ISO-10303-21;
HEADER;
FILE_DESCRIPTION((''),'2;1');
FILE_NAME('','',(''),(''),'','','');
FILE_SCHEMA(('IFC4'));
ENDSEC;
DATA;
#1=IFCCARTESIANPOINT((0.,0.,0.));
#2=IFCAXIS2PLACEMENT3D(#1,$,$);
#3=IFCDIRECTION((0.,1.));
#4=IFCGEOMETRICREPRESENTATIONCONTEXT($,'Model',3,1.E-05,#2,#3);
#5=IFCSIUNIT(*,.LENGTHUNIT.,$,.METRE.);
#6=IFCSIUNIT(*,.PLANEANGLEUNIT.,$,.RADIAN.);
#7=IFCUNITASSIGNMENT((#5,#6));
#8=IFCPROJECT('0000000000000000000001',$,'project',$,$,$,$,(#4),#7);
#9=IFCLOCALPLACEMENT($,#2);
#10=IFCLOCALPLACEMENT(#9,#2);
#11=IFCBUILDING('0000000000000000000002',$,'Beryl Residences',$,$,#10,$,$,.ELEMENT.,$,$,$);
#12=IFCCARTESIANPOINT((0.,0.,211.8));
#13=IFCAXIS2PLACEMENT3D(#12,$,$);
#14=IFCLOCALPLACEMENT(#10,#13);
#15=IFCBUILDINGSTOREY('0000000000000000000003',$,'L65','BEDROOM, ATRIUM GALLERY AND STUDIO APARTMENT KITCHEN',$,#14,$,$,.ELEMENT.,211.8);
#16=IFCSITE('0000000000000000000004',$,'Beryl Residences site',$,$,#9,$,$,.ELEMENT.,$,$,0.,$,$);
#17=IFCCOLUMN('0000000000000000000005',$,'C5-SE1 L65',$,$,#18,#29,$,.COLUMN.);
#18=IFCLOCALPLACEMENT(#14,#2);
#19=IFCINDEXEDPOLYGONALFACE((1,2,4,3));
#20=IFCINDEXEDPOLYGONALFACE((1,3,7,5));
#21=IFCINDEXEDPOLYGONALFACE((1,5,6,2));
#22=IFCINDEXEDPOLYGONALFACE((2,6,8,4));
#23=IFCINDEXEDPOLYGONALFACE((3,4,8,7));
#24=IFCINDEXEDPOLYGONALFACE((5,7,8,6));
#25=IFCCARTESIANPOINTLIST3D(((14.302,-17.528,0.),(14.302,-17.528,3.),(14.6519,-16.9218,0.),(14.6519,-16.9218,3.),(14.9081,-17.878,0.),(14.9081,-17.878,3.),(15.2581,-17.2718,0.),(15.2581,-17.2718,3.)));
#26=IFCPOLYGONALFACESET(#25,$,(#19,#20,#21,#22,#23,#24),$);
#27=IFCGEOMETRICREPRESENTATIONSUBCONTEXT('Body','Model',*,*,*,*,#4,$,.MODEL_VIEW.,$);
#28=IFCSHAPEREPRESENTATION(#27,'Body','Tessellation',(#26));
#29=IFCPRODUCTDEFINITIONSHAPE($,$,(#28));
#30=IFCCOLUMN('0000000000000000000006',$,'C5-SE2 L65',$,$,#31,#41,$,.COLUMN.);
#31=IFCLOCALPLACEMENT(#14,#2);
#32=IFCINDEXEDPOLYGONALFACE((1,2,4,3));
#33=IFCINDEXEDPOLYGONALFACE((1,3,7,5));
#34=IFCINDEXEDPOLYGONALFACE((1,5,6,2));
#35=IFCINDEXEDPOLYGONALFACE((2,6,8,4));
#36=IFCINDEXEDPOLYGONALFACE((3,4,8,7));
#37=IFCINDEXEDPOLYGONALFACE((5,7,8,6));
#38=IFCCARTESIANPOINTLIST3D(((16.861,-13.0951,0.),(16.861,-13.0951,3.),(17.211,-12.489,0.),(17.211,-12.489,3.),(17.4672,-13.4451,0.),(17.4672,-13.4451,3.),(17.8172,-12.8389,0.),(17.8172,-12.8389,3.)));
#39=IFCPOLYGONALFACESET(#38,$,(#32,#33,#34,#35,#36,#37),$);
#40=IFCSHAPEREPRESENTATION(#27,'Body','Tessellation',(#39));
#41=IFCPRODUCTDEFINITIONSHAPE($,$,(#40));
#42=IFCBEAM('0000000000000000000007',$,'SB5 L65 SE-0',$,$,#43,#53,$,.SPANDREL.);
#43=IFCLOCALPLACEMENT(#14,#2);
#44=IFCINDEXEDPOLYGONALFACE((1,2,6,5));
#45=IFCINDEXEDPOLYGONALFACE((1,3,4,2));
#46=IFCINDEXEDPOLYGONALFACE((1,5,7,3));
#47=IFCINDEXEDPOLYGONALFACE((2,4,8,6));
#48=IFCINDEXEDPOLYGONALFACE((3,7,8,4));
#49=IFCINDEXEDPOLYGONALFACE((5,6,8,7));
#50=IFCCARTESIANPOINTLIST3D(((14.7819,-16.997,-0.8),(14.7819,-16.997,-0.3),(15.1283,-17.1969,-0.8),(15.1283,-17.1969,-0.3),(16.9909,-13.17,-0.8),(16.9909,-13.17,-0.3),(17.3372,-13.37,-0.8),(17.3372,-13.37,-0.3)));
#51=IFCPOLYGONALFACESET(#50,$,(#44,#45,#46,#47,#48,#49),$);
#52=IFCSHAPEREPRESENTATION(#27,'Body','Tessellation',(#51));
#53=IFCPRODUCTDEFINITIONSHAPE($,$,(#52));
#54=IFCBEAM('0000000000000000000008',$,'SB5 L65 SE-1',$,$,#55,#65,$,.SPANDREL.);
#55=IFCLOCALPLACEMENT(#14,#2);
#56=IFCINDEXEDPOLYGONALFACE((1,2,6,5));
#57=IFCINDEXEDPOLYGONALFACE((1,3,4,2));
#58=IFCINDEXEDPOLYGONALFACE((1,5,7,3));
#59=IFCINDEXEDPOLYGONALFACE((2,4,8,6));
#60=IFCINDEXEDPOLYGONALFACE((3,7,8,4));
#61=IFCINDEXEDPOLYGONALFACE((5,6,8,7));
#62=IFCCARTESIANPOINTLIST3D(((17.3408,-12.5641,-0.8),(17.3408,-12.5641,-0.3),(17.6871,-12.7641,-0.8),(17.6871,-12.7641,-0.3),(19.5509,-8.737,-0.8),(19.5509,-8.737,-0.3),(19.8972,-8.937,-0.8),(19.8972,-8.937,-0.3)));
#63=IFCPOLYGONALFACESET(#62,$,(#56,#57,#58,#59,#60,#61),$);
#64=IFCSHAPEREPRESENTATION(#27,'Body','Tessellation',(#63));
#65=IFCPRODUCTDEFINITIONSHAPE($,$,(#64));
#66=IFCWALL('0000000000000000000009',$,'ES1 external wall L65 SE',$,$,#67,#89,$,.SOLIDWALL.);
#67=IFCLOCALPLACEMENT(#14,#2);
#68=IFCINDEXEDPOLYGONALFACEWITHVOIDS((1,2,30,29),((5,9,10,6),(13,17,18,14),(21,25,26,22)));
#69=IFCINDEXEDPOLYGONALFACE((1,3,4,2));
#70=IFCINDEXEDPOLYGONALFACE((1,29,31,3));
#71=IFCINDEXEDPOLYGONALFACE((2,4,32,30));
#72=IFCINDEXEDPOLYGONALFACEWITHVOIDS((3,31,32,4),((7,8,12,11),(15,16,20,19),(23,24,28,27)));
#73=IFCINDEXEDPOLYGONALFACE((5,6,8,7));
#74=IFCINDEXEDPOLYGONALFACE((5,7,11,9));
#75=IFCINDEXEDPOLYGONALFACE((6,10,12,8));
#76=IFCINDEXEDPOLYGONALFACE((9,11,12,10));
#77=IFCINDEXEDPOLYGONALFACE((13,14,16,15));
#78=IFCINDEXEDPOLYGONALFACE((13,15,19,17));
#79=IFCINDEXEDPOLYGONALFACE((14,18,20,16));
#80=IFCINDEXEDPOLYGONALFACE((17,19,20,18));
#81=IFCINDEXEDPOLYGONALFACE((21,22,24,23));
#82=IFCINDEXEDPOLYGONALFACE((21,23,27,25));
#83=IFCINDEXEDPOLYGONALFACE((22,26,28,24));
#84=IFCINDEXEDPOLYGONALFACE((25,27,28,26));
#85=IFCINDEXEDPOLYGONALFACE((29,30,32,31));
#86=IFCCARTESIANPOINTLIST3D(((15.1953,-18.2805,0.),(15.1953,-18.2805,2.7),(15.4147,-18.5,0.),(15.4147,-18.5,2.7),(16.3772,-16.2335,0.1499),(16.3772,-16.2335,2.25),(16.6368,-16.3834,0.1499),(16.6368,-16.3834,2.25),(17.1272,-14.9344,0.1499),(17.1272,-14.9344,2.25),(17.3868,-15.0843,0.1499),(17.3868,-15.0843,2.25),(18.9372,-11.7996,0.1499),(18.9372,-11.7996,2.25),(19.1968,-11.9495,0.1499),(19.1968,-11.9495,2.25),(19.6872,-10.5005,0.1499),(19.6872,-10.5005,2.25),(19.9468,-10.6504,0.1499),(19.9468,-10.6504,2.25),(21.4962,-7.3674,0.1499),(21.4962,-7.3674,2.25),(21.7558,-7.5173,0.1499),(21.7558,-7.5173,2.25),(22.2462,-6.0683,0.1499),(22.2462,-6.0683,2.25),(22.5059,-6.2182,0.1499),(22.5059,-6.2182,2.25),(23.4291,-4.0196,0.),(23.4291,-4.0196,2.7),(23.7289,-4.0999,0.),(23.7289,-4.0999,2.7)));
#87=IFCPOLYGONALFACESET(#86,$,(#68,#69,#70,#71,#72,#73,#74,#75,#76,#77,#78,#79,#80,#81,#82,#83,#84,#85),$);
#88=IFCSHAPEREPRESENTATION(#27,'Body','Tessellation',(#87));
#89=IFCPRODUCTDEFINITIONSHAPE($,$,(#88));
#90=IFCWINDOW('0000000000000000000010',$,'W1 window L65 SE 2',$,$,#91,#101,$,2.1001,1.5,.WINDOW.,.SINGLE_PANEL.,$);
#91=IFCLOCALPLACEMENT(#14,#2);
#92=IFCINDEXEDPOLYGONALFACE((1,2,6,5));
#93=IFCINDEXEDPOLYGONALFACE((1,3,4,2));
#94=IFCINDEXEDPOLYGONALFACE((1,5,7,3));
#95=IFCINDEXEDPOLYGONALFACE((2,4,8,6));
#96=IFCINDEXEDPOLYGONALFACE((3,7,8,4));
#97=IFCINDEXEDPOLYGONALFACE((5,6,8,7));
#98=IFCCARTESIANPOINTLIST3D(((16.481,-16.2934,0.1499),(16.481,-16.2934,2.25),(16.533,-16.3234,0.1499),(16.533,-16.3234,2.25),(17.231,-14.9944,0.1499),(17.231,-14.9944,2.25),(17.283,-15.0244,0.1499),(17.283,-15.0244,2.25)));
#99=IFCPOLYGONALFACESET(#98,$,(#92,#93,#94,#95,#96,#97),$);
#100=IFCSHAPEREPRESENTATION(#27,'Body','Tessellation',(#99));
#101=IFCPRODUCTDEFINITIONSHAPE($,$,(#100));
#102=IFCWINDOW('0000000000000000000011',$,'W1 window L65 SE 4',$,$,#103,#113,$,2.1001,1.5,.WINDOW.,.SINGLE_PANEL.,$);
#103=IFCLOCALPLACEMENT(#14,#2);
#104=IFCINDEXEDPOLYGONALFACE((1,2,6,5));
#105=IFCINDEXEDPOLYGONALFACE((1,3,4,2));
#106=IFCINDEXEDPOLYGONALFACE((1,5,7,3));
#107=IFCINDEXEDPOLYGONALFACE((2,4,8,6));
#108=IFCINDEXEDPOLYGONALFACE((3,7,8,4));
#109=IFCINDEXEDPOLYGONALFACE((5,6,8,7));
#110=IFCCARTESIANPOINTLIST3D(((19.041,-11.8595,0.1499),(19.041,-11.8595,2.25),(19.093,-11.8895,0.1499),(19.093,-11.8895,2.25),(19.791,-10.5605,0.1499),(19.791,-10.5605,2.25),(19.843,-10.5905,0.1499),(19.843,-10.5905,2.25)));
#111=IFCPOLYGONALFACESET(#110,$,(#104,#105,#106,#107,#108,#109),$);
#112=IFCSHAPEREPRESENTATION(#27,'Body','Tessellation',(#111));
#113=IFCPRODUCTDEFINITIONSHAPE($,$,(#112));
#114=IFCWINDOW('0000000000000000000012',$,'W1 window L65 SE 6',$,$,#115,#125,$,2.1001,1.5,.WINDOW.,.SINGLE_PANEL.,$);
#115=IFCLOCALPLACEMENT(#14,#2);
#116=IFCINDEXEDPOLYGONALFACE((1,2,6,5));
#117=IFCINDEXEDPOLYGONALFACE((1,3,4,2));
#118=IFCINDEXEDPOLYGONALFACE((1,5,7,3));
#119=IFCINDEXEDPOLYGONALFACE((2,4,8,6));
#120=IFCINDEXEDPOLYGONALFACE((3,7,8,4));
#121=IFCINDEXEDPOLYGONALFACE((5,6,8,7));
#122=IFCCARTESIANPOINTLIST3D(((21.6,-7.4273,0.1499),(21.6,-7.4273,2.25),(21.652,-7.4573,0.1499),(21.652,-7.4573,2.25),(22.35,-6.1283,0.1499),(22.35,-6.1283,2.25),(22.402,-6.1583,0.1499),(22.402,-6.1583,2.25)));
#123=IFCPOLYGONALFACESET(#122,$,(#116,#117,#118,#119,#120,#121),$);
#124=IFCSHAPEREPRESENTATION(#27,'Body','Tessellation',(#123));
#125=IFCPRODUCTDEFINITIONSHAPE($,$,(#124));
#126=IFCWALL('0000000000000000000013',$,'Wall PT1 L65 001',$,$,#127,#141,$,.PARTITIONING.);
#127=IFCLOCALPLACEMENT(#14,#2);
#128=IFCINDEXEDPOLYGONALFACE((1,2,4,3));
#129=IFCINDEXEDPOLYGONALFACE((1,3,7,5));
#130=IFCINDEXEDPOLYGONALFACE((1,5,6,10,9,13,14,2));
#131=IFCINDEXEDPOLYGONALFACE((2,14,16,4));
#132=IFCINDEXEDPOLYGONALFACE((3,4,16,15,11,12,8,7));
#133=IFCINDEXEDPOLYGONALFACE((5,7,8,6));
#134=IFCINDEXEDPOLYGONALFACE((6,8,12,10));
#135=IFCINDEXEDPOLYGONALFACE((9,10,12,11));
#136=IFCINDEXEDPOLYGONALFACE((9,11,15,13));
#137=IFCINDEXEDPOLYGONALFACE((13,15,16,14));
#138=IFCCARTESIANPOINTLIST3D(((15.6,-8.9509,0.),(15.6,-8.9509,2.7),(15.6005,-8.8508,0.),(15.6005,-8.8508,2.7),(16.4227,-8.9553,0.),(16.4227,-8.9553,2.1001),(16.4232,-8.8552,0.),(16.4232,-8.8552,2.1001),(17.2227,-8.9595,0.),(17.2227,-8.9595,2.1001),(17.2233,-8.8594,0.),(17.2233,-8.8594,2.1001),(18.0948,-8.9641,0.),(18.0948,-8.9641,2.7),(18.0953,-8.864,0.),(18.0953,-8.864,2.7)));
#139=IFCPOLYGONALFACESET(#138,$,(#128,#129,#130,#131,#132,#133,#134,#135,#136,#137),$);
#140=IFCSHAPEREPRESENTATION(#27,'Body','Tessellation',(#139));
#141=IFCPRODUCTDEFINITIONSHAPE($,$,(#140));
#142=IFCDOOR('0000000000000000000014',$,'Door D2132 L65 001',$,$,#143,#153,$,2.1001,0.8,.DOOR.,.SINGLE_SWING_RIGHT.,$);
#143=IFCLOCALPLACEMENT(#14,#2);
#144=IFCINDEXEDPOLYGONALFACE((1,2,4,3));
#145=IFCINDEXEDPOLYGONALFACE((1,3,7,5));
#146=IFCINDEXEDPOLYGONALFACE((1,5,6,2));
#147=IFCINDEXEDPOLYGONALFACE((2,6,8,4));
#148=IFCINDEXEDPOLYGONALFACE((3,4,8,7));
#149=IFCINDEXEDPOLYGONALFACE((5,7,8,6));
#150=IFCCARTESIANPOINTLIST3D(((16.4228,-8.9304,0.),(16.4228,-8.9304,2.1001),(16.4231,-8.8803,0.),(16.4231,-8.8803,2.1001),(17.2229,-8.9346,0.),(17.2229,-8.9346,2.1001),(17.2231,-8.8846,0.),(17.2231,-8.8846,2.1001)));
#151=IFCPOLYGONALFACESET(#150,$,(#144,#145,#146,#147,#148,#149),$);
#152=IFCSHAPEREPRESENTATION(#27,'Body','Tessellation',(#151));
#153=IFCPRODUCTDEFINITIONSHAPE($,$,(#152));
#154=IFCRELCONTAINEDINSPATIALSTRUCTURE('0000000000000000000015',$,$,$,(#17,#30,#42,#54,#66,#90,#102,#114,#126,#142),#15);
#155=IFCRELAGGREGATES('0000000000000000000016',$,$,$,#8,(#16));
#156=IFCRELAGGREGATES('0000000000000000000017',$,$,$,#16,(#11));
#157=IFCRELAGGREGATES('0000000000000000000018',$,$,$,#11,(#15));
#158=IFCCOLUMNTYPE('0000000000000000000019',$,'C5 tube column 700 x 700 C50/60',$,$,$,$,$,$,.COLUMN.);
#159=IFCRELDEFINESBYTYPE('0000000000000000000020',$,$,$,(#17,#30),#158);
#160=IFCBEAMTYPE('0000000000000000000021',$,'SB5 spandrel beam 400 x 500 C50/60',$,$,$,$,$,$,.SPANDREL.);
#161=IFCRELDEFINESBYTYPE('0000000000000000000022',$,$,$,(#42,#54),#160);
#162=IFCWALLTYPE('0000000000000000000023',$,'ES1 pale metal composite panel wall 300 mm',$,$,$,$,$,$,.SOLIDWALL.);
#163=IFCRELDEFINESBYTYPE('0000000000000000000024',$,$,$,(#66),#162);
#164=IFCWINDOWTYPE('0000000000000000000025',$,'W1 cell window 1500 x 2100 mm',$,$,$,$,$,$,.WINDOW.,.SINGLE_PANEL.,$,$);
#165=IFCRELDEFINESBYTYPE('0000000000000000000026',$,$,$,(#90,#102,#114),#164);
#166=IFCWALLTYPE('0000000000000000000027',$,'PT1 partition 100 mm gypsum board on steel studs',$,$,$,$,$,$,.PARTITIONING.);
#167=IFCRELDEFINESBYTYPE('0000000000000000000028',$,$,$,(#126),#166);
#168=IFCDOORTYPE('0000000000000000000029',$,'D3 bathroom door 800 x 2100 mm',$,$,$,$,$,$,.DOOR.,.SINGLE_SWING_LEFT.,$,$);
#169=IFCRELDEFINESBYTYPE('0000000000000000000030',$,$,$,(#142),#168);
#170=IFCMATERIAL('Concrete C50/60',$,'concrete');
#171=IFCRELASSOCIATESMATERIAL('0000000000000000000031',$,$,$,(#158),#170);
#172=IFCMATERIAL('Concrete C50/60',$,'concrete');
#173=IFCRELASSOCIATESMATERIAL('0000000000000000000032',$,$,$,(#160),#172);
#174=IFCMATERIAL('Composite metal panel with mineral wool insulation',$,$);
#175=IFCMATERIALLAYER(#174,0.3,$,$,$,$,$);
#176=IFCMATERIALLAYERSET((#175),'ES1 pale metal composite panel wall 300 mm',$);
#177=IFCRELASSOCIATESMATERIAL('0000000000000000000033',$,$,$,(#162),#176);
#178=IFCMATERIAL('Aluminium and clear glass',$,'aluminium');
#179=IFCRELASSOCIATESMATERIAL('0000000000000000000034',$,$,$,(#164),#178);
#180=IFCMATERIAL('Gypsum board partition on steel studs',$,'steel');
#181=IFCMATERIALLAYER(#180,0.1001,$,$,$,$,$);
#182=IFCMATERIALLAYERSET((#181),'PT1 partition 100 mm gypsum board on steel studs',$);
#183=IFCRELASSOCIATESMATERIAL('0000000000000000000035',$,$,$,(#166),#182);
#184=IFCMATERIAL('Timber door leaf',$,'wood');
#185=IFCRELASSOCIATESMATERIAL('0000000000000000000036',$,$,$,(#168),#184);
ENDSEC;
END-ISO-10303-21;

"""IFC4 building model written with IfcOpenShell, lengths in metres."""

from ifc_helpers import new_model, si_unit, direction, frame, frame_2d, origin, origin_2d, place, context, subcontext, project, spatial, polyline, rectangle, outline, extrude, material, layer, layer_set, material_profile, profile_set, type_object, element, fill, save


model = new_model("IFC4")

# Units and contexts
model_context = context("Model", 3, precision=1e-05, world=origin(), true_north=direction((0.0, 1.0)))
body_context = subcontext(model_context, "Body", "Model", "MODEL_VIEW")
ifc_project = project(units=[si_unit("LENGTHUNIT", "METRE"), si_unit("PLANEANGLEUNIT", "RADIAN")], contexts=[model_context])

# Site, building, storey
site_placement = place(None, origin())
site = spatial("IfcSite", under=ifc_project, at=site_placement, Name="Beryl Residences site", CompositionType="ELEMENT", RefElevation=0.0)
building_placement = place(site_placement, origin())
building = spatial("IfcBuilding", under=site, at=building_placement, Name="Beryl Residences", CompositionType="ELEMENT")
storey_placement = place(building_placement, frame((0.0, 0.0, 211.8)))
storey = spatial("IfcBuildingStorey", under=building, at=storey_placement, Name="L65", Description="BEDROOM, ATRIUM GALLERY AND STUDIO APARTMENT KITCHEN", CompositionType="ELEMENT", Elevation=211.8)

# Columns
ifc_material_1 = material(Name="Concrete C50/60", Category="concrete")
ifc_material_profile_1 = material_profile(ifc_material_1, rectangle(XDim=0.7, YDim=0.7, at=origin_2d()))
ifc_profile_set_1 = profile_set([ifc_material_profile_1], Name="Concrete C50/60")
column_type = type_object("IfcColumnType", Name="C5 tube column 700 x 700 C50/60", PredefinedType="COLUMN", material=ifc_profile_set_1)
for number, where, z_axis, x_axis, name in (
    (1, (14.78, -17.3999, 0.0), (0.0, 0.0, 1.0), (0.499985, 0.866034, 0.0), "C5-SE1 L65"),
    (2, (17.3391, -12.967, 0.0), (0.0, 0.0, 1.0), (0.499985, 0.866034, 0.0), "C5-SE2 L65"),
):
    element("IfcColumn", number, at=place(storey_placement, frame(where, z_axis=z_axis, x_axis=x_axis)), inside=storey, type_object=column_type, Name=name, PredefinedType="COLUMN", context=body_context, shape_type="SweptSolid", body=[
        extrude(rectangle(XDim=0.7, YDim=0.7, at=origin_2d()), origin(), (0.0, 0.0, 1.0), 3.0),
    ])

# Beams
ifc_material_2 = material(Name="Concrete C50/60", Category="concrete")
ifc_material_profile_2 = material_profile(ifc_material_2, rectangle(XDim=0.3999, YDim=0.5, at=origin_2d()))
ifc_profile_set_2 = profile_set([ifc_material_profile_2], Name="Concrete C50/60")
beam_type = type_object("IfcBeamType", Name="SB5 spandrel beam 400 x 500 C50/60", PredefinedType="SPANDREL", material=ifc_profile_set_2)
beam_1_placement = place(storey_placement, frame((14.9551, -17.0969, -0.55), z_axis=(0.499919, 0.866072, 0.0), x_axis=(-0.866072, 0.499919, 0.0)))
element("IfcBeam", 3, at=beam_1_placement, inside=storey, type_object=beam_type, Name="SB5 L65 SE-0", PredefinedType="SPANDREL", context=body_context, shape_type="SweptSolid", body=[
    extrude(rectangle(XDim=0.3999, YDim=0.5, at=origin_2d()), origin(), (0.0, 0.0, 1.0), 4.4187),
])
beam_2_placement = place(storey_placement, frame((17.5139, -12.6641, -0.55), z_axis=(0.500102, 0.865967, 0.0), x_axis=(-0.865967, 0.500102, 0.0)))
element("IfcBeam", 4, at=beam_2_placement, inside=storey, type_object=beam_type, Name="SB5 L65 SE-1", PredefinedType="SPANDREL", context=body_context, shape_type="SweptSolid", body=[
    extrude(rectangle(XDim=0.3999, YDim=0.5, at=origin_2d()), origin(), (0.0, 0.0, 1.0), 4.4194),
])

# Wall, openings, windows
ifc_material_3 = material(Name="Composite metal panel with mineral wool insulation")
ifc_layer_1 = layer(ifc_material_3, 0.3)
ifc_layer_set_1 = layer_set([ifc_layer_1], Name="ES1 pale metal composite panel wall 300 mm")
wall_type_1 = type_object("IfcWallType", Name="ES1 pale metal composite panel wall 300 mm", PredefinedType="SOLIDWALL", material=ifc_layer_set_1)
wall_1_placement = place(storey_placement, frame((15.2849, -18.425, 0.0), z_axis=(0.0, 0.0, 1.0), x_axis=(0.500013, 0.866018, 0.0)))
wall_1 = element("IfcWall", 5, at=wall_1_placement, inside=storey, type_object=wall_type_1, Name="ES1 external wall L65 SE", PredefinedType="SOLIDWALL", context=body_context, shape_type="SweptSolid", body=[
    extrude(outline(polyline([(0.0, -0.1499), (16.6279, -0.1499), (16.5476, 0.1499), (0.0803, 0.1499), (0.0, -0.1499)])), origin(), (0.0, 0.0, 1.0), 2.7),
])
opening_1_placement = place(wall_1_placement, frame((2.4441, 0.0, 0.1499)))
opening_1 = element("IfcOpeningElement", 6, at=opening_1_placement, cuts=wall_1, PredefinedType="OPENING", context=body_context, shape_type="SweptSolid", body=[
    extrude(rectangle(XDim=1.5, YDim=2.1001, at=frame_2d((0.75, 1.05))), frame((0.0, 0.1599, 0.0), z_axis=(0.0, -1.0, 0.0), x_axis=(1.0, 0.0, 0.0)), (0.0, 0.0, 1.0), 0.3201),
])
opening_2_placement = place(wall_1_placement, frame((7.564, 0.0, 0.1499)))
opening_2 = element("IfcOpeningElement", 7, at=opening_2_placement, cuts=wall_1, PredefinedType="OPENING", context=body_context, shape_type="SweptSolid", body=[
    extrude(rectangle(XDim=1.5, YDim=2.1001, at=frame_2d((0.75, 1.05))), frame((0.0, 0.1599, 0.0), z_axis=(0.0, -1.0, 0.0), x_axis=(1.0, 0.0, 0.0)), (0.0, 0.0, 1.0), 0.3201),
])
opening_3_placement = place(wall_1_placement, frame((12.6819, 0.0, 0.1499)))
opening_3 = element("IfcOpeningElement", 8, at=opening_3_placement, cuts=wall_1, PredefinedType="OPENING", context=body_context, shape_type="SweptSolid", body=[
    extrude(rectangle(XDim=1.5, YDim=2.1001, at=frame_2d((0.75, 1.05))), frame((0.0, 0.1599, 0.0), z_axis=(0.0, -1.0, 0.0), x_axis=(1.0, 0.0, 0.0)), (0.0, 0.0, 1.0), 0.3201),
])
ifc_material_4 = material(Name="Aluminium and clear glass", Category="aluminium")
window_type = type_object("IfcWindowType", Name="W1 cell window 1500 x 2100 mm", PartitioningType="SINGLE_PANEL", PredefinedType="WINDOW", material=ifc_material_4)
window_1_placement = place(opening_1_placement, origin())
window_1 = element("IfcWindow", 9, at=window_1_placement, inside=storey, type_object=window_type, Name="W1 window L65 SE 2", OverallHeight=2.1001, OverallWidth=1.5, PartitioningType="SINGLE_PANEL", PredefinedType="WINDOW", context=body_context, shape_type="SweptSolid", body=[
    extrude(rectangle(XDim=1.5, YDim=2.1001, at=frame_2d((0.75, 1.05))), frame((0.0, 0.03, 0.0), z_axis=(0.0, -1.0, 0.0), x_axis=(1.0, 0.0, 0.0)), (0.0, 0.0, 1.0), 0.0601),
])
fill(opening_1, window_1)
window_2_placement = place(opening_2_placement, origin())
window_2 = element("IfcWindow", 10, at=window_2_placement, inside=storey, type_object=window_type, Name="W1 window L65 SE 4", OverallHeight=2.1001, OverallWidth=1.5, PartitioningType="SINGLE_PANEL", PredefinedType="WINDOW", context=body_context, shape_type="SweptSolid", body=[
    extrude(rectangle(XDim=1.5, YDim=2.1001, at=frame_2d((0.75, 1.05))), frame((0.0, 0.03, 0.0), z_axis=(0.0, -1.0, 0.0), x_axis=(1.0, 0.0, 0.0)), (0.0, 0.0, 1.0), 0.0601),
])
fill(opening_2, window_2)
window_3_placement = place(opening_3_placement, origin())
window_3 = element("IfcWindow", 11, at=window_3_placement, inside=storey, type_object=window_type, Name="W1 window L65 SE 6", OverallHeight=2.1001, OverallWidth=1.5, PartitioningType="SINGLE_PANEL", PredefinedType="WINDOW", context=body_context, shape_type="SweptSolid", body=[
    extrude(rectangle(XDim=1.5, YDim=2.1001, at=frame_2d((0.75, 1.05))), frame((0.0, 0.03, 0.0), z_axis=(0.0, -1.0, 0.0), x_axis=(1.0, 0.0, 0.0)), (0.0, 0.0, 1.0), 0.0601),
])
fill(opening_3, window_3)

# Wall, opening, door
ifc_material_5 = material(Name="Gypsum board partition on steel studs", Category="steel")
ifc_layer_2 = layer(ifc_material_5, 0.1001)
ifc_layer_set_2 = layer_set([ifc_layer_2], Name="PT1 partition 100 mm gypsum board on steel studs")
wall_type_2 = type_object("IfcWallType", Name="PT1 partition 100 mm gypsum board on steel studs", PredefinedType="PARTITIONING", material=ifc_layer_set_2)
wall_2_placement = place(storey_placement, frame((15.6001, -8.9009, 0.0), z_axis=(0.0, 0.0, 1.0), x_axis=(0.999986, -0.005284, 0.0)))
wall_2 = element("IfcWall", 12, at=wall_2_placement, inside=storey, type_object=wall_type_2, Name="Wall PT1 L65 001", PredefinedType="PARTITIONING", context=body_context, shape_type="SweptSolid", body=[
    extrude(rectangle(XDim=2.4949, YDim=0.1001, at=frame_2d((1.2476, 0.0))), origin(), (0.0, 0.0, 1.0), 2.7),
])
opening_4_placement = place(wall_2_placement, frame((0.823, 0.0, 0.0)))
opening_4 = element("IfcOpeningElement", 13, at=opening_4_placement, cuts=wall_2, PredefinedType="OPENING", context=body_context, shape_type="SweptSolid", body=[
    extrude(rectangle(XDim=0.8, YDim=2.1001, at=frame_2d((0.3999, 1.05))), frame((0.0, 0.0601, 0.0), z_axis=(0.0, -1.0, 0.0), x_axis=(1.0, 0.0, 0.0)), (0.0, 0.0, 1.0), 0.1201),
])
ifc_material_6 = material(Name="Timber door leaf", Category="wood")
door_type_1 = type_object("IfcDoorType", Name="D3 bathroom door 800 x 2100 mm", OperationType="SINGLE_SWING_LEFT", PredefinedType="DOOR", material=ifc_material_6)
door_1_placement = place(opening_4_placement, origin())
door_1 = element("IfcDoor", 14, at=door_1_placement, inside=storey, type_object=door_type_1, Name="Door D2132 L65 001", OperationType="SINGLE_SWING_RIGHT", OverallHeight=2.1001, OverallWidth=0.8, PredefinedType="DOOR", context=body_context, shape_type="SweptSolid", body=[
    extrude(rectangle(XDim=0.8, YDim=2.1001, at=frame_2d((0.3999, 1.05))), frame((0.0, 0.0249, 0.0), z_axis=(0.0, -1.0, 0.0), x_axis=(1.0, 0.0, 0.0)), (0.0, 0.0, 1.0), 0.05),
])
fill(opening_4, door_1)

save(model, "model.ifc")
